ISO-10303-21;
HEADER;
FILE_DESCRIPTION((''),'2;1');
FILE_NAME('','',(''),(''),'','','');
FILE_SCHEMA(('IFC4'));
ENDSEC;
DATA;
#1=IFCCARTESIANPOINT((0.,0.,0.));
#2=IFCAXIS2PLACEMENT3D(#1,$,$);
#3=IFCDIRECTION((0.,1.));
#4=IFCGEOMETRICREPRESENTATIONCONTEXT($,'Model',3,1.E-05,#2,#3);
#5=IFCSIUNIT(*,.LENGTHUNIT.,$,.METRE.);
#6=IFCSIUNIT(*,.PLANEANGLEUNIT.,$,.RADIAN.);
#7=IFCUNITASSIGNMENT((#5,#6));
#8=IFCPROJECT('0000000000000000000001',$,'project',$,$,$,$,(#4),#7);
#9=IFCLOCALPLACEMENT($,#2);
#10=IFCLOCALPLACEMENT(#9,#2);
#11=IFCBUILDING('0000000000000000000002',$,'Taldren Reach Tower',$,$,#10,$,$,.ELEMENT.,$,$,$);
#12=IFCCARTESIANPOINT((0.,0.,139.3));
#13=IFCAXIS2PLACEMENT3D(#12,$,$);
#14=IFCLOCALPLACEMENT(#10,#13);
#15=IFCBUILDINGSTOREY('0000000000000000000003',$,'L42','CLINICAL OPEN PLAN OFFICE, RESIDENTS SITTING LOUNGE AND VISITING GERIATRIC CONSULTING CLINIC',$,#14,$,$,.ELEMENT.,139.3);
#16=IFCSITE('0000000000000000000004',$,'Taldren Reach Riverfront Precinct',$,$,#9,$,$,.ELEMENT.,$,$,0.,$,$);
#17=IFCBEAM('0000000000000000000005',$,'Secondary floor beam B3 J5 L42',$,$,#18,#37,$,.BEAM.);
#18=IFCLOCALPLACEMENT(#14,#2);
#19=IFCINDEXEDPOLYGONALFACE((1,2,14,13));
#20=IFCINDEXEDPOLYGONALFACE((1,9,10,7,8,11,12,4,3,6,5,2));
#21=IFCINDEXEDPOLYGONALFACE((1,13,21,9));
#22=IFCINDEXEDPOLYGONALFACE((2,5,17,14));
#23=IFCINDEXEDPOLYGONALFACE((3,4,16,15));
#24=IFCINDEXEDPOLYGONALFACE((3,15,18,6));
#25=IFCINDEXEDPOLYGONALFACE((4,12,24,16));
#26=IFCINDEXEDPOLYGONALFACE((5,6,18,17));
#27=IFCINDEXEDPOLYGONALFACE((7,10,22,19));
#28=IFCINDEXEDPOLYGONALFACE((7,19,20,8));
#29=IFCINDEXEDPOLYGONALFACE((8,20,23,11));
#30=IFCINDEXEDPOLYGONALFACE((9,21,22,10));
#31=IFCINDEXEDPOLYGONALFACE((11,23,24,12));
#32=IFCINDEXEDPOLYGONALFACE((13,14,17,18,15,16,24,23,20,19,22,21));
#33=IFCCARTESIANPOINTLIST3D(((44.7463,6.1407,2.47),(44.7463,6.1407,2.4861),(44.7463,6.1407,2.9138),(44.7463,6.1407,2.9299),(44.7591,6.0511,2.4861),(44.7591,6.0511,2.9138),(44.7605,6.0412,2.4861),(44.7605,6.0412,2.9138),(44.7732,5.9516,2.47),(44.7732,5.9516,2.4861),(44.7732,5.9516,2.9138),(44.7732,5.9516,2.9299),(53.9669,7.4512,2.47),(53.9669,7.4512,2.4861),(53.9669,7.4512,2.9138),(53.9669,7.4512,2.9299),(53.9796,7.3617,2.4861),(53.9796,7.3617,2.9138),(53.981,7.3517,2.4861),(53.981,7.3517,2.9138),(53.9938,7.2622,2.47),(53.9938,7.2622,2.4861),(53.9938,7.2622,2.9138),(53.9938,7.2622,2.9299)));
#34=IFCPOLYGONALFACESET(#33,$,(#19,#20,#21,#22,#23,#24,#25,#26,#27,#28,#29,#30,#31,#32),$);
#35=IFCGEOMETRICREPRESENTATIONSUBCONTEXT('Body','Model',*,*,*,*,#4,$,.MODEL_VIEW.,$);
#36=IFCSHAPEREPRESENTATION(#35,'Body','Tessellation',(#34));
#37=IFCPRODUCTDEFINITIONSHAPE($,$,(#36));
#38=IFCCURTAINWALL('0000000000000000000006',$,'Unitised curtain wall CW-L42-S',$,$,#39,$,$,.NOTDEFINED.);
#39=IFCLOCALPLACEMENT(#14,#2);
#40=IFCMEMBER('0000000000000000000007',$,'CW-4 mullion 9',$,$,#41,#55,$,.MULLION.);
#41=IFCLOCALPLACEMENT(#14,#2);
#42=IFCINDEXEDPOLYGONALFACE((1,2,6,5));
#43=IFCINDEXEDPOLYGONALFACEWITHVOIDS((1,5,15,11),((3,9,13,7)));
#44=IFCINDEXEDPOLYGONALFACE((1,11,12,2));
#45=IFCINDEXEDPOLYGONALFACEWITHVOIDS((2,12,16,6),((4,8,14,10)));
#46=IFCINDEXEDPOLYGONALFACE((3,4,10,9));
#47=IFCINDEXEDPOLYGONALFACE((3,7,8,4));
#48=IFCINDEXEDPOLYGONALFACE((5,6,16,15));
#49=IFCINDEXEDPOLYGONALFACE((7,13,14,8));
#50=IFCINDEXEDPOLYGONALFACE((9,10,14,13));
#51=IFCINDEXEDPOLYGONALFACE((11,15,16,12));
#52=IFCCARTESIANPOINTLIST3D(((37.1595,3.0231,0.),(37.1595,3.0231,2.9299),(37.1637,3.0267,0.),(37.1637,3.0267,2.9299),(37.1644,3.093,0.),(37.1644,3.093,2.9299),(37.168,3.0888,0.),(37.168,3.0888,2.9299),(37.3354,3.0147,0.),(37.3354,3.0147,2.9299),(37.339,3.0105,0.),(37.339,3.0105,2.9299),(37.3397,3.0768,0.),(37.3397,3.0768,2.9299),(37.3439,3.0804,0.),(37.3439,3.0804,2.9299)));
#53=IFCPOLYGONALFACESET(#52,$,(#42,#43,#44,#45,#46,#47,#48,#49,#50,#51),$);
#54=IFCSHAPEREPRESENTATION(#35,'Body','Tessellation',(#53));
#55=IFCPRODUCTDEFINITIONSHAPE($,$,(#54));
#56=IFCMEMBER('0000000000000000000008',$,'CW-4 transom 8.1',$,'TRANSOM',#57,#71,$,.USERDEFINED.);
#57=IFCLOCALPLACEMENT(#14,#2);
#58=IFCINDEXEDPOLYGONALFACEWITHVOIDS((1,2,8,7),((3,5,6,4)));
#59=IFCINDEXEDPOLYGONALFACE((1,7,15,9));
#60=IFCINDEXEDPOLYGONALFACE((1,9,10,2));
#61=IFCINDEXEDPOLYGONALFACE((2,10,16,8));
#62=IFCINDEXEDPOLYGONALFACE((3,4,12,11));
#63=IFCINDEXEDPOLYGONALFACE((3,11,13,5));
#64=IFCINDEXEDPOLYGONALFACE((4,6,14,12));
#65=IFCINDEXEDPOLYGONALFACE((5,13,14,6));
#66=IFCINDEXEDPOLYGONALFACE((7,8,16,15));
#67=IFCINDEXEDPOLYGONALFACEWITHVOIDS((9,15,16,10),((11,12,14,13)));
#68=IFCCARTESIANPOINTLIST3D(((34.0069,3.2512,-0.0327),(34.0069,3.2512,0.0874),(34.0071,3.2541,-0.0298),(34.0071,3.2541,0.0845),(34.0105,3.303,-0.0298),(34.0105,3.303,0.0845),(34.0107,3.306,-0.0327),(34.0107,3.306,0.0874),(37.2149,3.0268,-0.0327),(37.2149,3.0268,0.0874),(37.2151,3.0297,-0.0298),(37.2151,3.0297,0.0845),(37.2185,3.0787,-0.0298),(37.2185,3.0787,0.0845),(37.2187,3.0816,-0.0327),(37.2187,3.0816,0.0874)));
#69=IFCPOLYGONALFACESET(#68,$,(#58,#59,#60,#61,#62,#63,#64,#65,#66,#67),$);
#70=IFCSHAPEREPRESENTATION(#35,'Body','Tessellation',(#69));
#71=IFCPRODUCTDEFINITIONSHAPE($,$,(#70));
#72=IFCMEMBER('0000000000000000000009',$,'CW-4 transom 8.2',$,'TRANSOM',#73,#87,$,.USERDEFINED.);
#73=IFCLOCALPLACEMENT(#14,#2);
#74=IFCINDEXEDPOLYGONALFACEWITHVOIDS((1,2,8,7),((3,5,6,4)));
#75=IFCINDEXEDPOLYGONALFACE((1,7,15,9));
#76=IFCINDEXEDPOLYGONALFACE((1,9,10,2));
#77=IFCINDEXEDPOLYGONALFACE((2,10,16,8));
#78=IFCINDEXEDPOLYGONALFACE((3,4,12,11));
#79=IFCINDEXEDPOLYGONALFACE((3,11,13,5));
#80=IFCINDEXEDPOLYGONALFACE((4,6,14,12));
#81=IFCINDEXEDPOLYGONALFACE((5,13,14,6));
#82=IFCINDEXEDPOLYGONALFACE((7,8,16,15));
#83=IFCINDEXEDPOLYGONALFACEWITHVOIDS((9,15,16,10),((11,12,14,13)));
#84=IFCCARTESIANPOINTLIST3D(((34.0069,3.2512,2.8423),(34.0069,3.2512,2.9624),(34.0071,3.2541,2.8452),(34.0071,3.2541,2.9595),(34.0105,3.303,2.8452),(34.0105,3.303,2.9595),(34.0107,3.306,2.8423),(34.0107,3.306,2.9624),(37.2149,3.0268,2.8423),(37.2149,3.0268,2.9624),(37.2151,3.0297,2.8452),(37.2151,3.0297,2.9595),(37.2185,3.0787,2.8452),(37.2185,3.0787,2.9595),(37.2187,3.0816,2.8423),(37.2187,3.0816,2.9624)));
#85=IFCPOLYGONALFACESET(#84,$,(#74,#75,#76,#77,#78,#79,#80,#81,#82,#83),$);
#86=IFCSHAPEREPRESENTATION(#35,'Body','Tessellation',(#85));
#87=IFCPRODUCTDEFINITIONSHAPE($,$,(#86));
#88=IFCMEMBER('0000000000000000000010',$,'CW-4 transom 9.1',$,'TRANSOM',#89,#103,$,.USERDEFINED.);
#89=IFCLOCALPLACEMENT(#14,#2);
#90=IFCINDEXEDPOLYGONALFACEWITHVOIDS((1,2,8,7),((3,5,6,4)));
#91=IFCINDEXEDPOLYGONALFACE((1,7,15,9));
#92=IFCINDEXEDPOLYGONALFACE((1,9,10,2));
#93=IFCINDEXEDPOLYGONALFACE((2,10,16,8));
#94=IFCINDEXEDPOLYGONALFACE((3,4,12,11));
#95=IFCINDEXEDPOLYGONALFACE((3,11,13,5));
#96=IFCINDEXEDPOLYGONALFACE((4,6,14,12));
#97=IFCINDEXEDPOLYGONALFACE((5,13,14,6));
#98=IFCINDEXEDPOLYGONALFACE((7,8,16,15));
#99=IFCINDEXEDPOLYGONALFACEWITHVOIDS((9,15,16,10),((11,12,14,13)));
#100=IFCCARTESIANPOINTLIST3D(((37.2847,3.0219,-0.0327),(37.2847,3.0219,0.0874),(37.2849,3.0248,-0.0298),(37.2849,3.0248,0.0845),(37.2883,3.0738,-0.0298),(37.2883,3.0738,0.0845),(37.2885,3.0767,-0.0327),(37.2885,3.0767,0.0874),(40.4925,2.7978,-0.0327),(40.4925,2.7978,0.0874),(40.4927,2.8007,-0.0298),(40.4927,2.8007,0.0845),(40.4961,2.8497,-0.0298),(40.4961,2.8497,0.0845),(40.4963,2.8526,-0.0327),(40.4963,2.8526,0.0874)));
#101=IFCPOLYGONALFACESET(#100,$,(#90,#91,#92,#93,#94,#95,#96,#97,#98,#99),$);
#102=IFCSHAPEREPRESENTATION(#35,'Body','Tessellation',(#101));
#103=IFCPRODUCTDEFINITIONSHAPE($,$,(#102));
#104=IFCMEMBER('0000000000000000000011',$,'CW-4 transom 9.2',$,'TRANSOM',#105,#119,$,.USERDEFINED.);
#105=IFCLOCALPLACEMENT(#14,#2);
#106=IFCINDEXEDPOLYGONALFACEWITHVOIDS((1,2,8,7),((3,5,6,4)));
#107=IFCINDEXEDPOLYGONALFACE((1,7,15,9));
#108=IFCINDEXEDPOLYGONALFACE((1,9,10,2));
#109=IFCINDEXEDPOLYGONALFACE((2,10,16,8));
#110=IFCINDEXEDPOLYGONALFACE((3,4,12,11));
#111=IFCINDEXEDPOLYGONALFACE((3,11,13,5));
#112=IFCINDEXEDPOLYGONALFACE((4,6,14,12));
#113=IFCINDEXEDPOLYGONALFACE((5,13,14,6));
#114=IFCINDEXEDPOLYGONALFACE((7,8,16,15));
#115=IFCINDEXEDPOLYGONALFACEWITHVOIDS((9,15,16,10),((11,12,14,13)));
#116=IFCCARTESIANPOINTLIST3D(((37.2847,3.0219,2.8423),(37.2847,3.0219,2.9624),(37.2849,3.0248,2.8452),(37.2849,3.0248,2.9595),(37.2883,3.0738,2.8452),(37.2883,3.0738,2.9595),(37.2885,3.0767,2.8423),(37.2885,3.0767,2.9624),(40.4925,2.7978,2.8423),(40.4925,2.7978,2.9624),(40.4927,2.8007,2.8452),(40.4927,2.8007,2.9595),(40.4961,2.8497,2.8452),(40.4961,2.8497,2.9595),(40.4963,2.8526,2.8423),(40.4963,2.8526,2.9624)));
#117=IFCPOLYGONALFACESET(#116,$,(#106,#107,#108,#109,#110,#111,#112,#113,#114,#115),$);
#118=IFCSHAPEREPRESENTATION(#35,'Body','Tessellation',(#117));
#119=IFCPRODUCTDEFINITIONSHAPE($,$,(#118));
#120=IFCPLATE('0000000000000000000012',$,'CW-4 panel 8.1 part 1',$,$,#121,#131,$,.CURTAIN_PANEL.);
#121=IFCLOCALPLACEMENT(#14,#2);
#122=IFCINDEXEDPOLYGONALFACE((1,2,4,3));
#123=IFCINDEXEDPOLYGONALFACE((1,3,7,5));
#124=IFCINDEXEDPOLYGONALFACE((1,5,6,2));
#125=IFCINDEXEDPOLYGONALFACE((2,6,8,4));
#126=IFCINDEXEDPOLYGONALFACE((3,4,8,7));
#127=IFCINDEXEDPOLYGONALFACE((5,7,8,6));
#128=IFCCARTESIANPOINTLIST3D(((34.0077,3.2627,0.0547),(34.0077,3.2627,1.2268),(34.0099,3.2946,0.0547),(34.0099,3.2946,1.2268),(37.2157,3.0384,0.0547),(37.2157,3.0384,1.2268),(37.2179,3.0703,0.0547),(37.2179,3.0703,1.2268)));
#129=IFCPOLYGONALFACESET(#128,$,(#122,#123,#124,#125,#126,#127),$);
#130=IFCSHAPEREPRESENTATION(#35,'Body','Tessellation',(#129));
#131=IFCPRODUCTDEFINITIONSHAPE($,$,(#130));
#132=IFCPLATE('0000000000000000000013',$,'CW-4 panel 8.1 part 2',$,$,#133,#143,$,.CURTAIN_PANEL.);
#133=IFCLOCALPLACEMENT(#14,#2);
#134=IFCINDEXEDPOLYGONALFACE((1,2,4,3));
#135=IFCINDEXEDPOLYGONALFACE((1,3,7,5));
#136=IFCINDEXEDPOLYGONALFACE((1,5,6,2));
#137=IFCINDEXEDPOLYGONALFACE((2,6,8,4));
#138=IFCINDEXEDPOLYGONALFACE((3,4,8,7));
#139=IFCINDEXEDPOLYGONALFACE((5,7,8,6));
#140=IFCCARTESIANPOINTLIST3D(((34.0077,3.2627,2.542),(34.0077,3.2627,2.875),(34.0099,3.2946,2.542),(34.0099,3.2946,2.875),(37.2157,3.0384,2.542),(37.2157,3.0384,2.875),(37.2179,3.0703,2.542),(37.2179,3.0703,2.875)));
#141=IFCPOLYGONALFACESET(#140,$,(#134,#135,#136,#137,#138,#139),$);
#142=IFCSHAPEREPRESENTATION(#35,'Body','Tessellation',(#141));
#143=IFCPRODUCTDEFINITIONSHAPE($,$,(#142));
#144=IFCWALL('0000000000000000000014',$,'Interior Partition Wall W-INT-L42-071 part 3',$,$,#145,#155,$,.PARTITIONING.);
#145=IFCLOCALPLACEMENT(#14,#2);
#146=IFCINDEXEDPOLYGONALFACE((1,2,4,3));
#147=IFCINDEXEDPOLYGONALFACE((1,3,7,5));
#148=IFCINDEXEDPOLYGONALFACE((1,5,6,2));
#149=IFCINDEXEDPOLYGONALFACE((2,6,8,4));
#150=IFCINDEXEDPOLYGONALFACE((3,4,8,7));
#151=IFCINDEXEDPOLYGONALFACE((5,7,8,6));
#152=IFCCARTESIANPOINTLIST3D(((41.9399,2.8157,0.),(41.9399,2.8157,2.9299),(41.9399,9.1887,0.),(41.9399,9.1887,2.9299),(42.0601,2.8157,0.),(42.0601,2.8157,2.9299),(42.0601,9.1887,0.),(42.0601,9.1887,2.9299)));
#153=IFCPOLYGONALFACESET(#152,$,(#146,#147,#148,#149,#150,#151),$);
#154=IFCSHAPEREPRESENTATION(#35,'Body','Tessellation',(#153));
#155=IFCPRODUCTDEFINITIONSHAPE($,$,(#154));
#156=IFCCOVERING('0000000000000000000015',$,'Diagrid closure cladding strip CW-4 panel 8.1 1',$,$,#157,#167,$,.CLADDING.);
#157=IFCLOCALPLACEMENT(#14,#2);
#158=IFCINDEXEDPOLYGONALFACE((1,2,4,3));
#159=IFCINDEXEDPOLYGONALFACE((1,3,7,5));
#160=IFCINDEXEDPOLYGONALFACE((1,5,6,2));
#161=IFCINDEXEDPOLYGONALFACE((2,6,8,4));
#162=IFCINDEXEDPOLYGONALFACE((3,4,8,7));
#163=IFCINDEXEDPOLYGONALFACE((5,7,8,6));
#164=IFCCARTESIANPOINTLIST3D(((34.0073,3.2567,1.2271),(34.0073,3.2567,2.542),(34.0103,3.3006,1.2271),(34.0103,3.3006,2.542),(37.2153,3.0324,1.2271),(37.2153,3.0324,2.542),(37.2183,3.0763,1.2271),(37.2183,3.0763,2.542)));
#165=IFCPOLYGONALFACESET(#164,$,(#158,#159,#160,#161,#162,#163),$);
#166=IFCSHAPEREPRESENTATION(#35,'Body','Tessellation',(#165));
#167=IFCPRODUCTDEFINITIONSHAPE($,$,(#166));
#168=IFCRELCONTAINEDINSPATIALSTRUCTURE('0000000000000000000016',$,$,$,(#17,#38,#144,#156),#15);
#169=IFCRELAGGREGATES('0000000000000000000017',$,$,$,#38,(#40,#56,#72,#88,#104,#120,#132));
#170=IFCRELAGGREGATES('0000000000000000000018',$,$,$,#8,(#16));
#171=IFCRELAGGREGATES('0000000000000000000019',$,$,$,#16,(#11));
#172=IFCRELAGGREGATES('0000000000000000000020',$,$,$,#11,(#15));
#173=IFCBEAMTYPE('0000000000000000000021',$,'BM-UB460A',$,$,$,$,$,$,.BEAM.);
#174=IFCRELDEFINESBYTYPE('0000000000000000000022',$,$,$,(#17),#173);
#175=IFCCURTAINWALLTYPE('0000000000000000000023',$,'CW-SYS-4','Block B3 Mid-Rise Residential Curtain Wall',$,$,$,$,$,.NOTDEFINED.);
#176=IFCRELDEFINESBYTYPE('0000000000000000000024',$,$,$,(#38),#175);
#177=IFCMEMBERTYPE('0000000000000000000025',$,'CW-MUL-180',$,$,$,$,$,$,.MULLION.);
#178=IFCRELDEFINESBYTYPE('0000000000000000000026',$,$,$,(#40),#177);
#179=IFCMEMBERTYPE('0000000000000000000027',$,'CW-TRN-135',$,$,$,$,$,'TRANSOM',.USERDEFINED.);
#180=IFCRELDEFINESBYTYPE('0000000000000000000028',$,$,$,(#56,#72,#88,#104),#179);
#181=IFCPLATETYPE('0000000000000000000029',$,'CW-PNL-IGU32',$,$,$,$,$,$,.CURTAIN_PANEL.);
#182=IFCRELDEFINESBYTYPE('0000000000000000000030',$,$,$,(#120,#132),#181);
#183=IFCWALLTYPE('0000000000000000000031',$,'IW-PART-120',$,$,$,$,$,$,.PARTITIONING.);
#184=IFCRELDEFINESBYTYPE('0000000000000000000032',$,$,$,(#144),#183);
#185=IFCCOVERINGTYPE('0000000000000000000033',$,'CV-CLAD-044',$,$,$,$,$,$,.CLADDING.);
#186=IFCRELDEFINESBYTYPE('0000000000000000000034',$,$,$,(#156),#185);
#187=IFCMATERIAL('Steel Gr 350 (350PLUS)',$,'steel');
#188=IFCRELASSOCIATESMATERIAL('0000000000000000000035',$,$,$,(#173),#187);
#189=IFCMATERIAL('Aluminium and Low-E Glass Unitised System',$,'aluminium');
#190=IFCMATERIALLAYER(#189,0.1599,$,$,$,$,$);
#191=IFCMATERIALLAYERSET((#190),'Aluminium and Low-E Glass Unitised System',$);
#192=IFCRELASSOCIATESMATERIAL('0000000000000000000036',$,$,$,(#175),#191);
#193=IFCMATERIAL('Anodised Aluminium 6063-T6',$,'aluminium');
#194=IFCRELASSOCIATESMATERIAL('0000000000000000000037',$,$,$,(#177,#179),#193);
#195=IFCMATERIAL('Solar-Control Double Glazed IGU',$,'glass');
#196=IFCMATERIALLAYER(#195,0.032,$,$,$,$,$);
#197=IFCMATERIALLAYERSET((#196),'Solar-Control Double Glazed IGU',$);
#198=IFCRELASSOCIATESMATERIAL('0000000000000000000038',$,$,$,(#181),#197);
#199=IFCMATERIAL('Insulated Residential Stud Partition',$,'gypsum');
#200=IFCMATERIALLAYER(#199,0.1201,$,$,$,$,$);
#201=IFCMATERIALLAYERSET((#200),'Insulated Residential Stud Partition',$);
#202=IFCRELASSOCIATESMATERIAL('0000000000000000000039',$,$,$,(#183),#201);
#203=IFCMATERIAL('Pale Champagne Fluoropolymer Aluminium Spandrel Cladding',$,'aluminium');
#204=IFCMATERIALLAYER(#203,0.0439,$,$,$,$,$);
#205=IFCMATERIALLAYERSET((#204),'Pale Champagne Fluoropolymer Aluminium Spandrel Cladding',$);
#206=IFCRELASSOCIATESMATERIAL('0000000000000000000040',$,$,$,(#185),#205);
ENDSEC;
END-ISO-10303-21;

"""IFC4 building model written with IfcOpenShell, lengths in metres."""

from ifc_helpers import new_model, si_unit, direction, frame, frame_2d, origin, origin_2d, place, context, subcontext, project, spatial, rectangle, hollow_rectangle, i_section, extrude, source, transform, mapped, material, layer, layer_set, material_profile, profile_set, type_object, element, aggregate, save


model = new_model("IFC4")

# Units and contexts
model_context = context("Model", 3, precision=1e-05, world=origin(), true_north=direction((0.0, 1.0)))
body_context = subcontext(model_context, "Body", "Model", "MODEL_VIEW")
ifc_project = project(units=[si_unit("LENGTHUNIT", "METRE"), si_unit("PLANEANGLEUNIT", "RADIAN")], contexts=[model_context])

# Site, building, storey
site_placement = place(None, origin())
site = spatial("IfcSite", under=ifc_project, at=site_placement, Name="Taldren Reach Riverfront Precinct", CompositionType="ELEMENT", RefElevation=0.0)
building_placement = place(site_placement, origin())
building = spatial("IfcBuilding", under=site, at=building_placement, Name="Taldren Reach Tower", CompositionType="ELEMENT")
storey_placement = place(building_placement, frame((0.0, 0.0, 139.3)))
storey = spatial("IfcBuildingStorey", under=building, at=storey_placement, Name="L42", Description="CLINICAL OPEN PLAN OFFICE, RESIDENTS SITTING LOUNGE AND VISITING GERIATRIC CONSULTING CLINIC", CompositionType="ELEMENT", Elevation=139.3)

# Shared definitions
ifc_material_1 = material(Name="Steel Gr 350 (350PLUS)", Category="steel")

# Beam
ifc_material_profile_1 = material_profile(ifc_material_1, i_section(OverallWidth=0.1909, OverallDepth=0.46, WebThickness=0.01, FlangeThickness=0.0161, at=origin_2d()), Name="460UB82.1")
ifc_profile_set_1 = profile_set([ifc_material_profile_1], Name="Steel Gr 350 (350PLUS)")
beam_type_1 = type_object("IfcBeamType", Name="BM-UB460A", PredefinedType="BEAM", material=ifc_profile_set_1)
shared_shape_1 = source(origin(), body_context, "Body", "SweptSolid", [
    extrude(i_section(OverallWidth=0.1909, OverallDepth=0.46, WebThickness=0.01, FlangeThickness=0.0161, at=origin_2d()), origin(), (0.0, 0.0, 1.0), 9.3132),
])
beam_1_placement = place(storey_placement, frame((44.7598, 6.0461, 2.7), z_axis=(0.990049, 0.14072, 0.0), x_axis=(-0.14072, 0.990049, 0.0)))
element("IfcBeam", 1, at=beam_1_placement, inside=storey, type_object=beam_type_1, Name="Secondary floor beam B3 J5 L42", PredefinedType="BEAM", context=body_context, shape_type="MappedRepresentation", body=[
    mapped(shared_shape_1, transform((0.0, 0.0, 0.0), scale=1.0)),
])

# Curtain wall, members, plates
ifc_material_2 = material(Name="Aluminium and Low-E Glass Unitised System", Category="aluminium")
ifc_layer_1 = layer(ifc_material_2, 0.1599)
ifc_layer_set_1 = layer_set([ifc_layer_1], Name="Aluminium and Low-E Glass Unitised System")
curtain_wall_type = type_object("IfcCurtainWallType", Name="CW-SYS-4", Description="Block B3 Mid-Rise Residential Curtain Wall", PredefinedType="NOTDEFINED", material=ifc_layer_set_1)
curtain_wall_placement = place(storey_placement, origin())
curtain_wall = element("IfcCurtainWall", 2, at=curtain_wall_placement, inside=storey, type_object=curtain_wall_type, Name="Unitised curtain wall CW-L42-S", PredefinedType="NOTDEFINED")
ifc_material_3 = material(Name="Anodised Aluminium 6063-T6", Category="aluminium")
ifc_material_profile_2 = material_profile(ifc_material_3, hollow_rectangle(XDim=0.0701, YDim=0.1799, WallThickness=0.0039, at=origin_2d()), Name="ALU-180x70x4RHS")
ifc_profile_set_2 = profile_set([ifc_material_profile_2], Name="Anodised Aluminium 6063-T6")
member_type_1 = type_object("IfcMemberType", Name="CW-MUL-180", PredefinedType="MULLION", material=ifc_profile_set_2)
shared_shape_2 = source(origin(), body_context, "Body", "SweptSolid", [
    extrude(hollow_rectangle(XDim=0.0701, YDim=0.1799, WallThickness=0.0039, at=origin_2d()), origin(), (0.0, 0.0, 1.0), 2.9299),
])
member_1_placement = place(storey_placement, frame((37.2517, 3.0518, 0.0), z_axis=(0.0, 0.0, 1.0), x_axis=(0.069757, 0.997564, 0.0)))
member_1 = element("IfcMember", 3, at=member_1_placement, type_object=member_type_1, Name="CW-4 mullion 9", PredefinedType="MULLION", context=body_context, shape_type="MappedRepresentation", body=[
    mapped(shared_shape_2, transform((0.0, 0.0, 0.0), scale=1.0)),
])
ifc_material_profile_3 = material_profile(ifc_material_3, hollow_rectangle(XDim=0.0549, YDim=0.1201, WallThickness=0.0029, at=origin_2d()), Name="ALU-120x55x3RHS")
ifc_profile_set_3 = profile_set([ifc_material_profile_3], Name="Anodised Aluminium 6063-T6")
member_type_2 = type_object("IfcMemberType", Name="CW-TRN-135", ElementType="TRANSOM", PredefinedType="USERDEFINED", material=ifc_profile_set_3)
shared_shape_3 = source(origin(), body_context, "Body", "SweptSolid", [
    extrude(hollow_rectangle(XDim=0.0549, YDim=0.1201, WallThickness=0.0029, at=origin_2d()), origin(), (0.0, 0.0, 1.0), 3.2158),
])
member_2_placement = place(storey_placement, frame((34.0088, 3.2786, 0.0273), z_axis=(0.997563, -0.069769, 0.0), x_axis=(0.069769, 0.997563, 0.0)))
member_2 = element("IfcMember", 4, at=member_2_placement, type_object=member_type_2, Name="CW-4 transom 8.1", ObjectType="TRANSOM", PredefinedType="USERDEFINED", context=body_context, shape_type="MappedRepresentation", body=[
    mapped(shared_shape_3, transform((0.0, 0.0, 0.0), scale=1.0)),
])
member_3_placement = place(storey_placement, frame((34.0088, 3.2786, 2.9023), z_axis=(0.997563, -0.069769, 0.0), x_axis=(0.069769, 0.997563, 0.0)))
member_3 = element("IfcMember", 5, at=member_3_placement, type_object=member_type_2, Name="CW-4 transom 8.2", ObjectType="TRANSOM", PredefinedType="USERDEFINED", context=body_context, shape_type="MappedRepresentation", body=[
    mapped(shared_shape_3, transform((0.0, 0.0, 0.0), scale=1.0)),
])
shared_shape_4 = source(origin(), body_context, "Body", "SweptSolid", [
    extrude(hollow_rectangle(XDim=0.0549, YDim=0.1201, WallThickness=0.0029, at=origin_2d()), origin(), (0.0, 0.0, 1.0), 3.2156),
])
member_4_placement = place(storey_placement, frame((37.2866, 3.0493, 0.0273), z_axis=(0.997568, -0.069698, 0.0), x_axis=(0.069698, 0.997568, 0.0)))
member_4 = element("IfcMember", 6, at=member_4_placement, type_object=member_type_2, Name="CW-4 transom 9.1", ObjectType="TRANSOM", PredefinedType="USERDEFINED", context=body_context, shape_type="MappedRepresentation", body=[
    mapped(shared_shape_4, transform((0.0, 0.0, 0.0), scale=1.0)),
])
member_5_placement = place(storey_placement, frame((37.2866, 3.0493, 2.9023), z_axis=(0.997568, -0.069698, 0.0), x_axis=(0.069698, 0.997568, 0.0)))
member_5 = element("IfcMember", 7, at=member_5_placement, type_object=member_type_2, Name="CW-4 transom 9.2", ObjectType="TRANSOM", PredefinedType="USERDEFINED", context=body_context, shape_type="MappedRepresentation", body=[
    mapped(shared_shape_4, transform((0.0, 0.0, 0.0), scale=1.0)),
])
ifc_material_4 = material(Name="Solar-Control Double Glazed IGU", Category="glass")
ifc_layer_2 = layer(ifc_material_4, 0.032)
ifc_layer_set_2 = layer_set([ifc_layer_2], Name="Solar-Control Double Glazed IGU")
plate_type = type_object("IfcPlateType", Name="CW-PNL-IGU32", PredefinedType="CURTAIN_PANEL", material=ifc_layer_set_2)
shared_shape_5 = source(origin(), body_context, "Body", "SweptSolid", [
    extrude(rectangle(XDim=3.2158, YDim=0.032, at=origin_2d()), origin(), (0.0, 0.0, 1.0), 1.1721),
])
plate_1_placement = place(storey_placement, frame((35.6128, 3.1665, 0.0547), z_axis=(0.0, 0.0, 1.0), x_axis=(0.997564, -0.069757, 0.0)))
plate_1 = element("IfcPlate", 8, at=plate_1_placement, type_object=plate_type, Name="CW-4 panel 8.1 part 1", PredefinedType="CURTAIN_PANEL", context=body_context, shape_type="MappedRepresentation", body=[
    mapped(shared_shape_5, transform((0.0, 0.0, 0.0), scale=1.0)),
])
shared_shape_6 = source(origin(), body_context, "Body", "SweptSolid", [
    extrude(rectangle(XDim=3.2158, YDim=0.032, at=origin_2d()), origin(), (0.0, 0.0, 1.0), 0.333),
])
plate_2_placement = place(storey_placement, frame((35.6128, 3.1665, 2.542), z_axis=(0.0, 0.0, 1.0), x_axis=(0.997564, -0.069757, 0.0)))
plate_2 = element("IfcPlate", 9, at=plate_2_placement, type_object=plate_type, Name="CW-4 panel 8.1 part 2", PredefinedType="CURTAIN_PANEL", context=body_context, shape_type="MappedRepresentation", body=[
    mapped(shared_shape_6, transform((0.0, 0.0, 0.0), scale=1.0)),
])
aggregate(curtain_wall, [member_1, member_2, member_3, member_4, member_5, plate_1, plate_2])

# Wall
ifc_material_5 = material(Name="Insulated Residential Stud Partition", Category="gypsum")
ifc_layer_3 = layer(ifc_material_5, 0.1201)
ifc_layer_set_3 = layer_set([ifc_layer_3], Name="Insulated Residential Stud Partition")
wall_type = type_object("IfcWallType", Name="IW-PART-120", PredefinedType="PARTITIONING", material=ifc_layer_set_3)
shared_shape_7 = source(origin(), body_context, "Body", "SweptSolid", [
    extrude(rectangle(XDim=6.373, YDim=0.1201, at=frame_2d((3.1865, 0.0))), origin(), (0.0, 0.0, 1.0), 2.9299),
])
wall_placement = place(storey_placement, frame((42.0, 9.1887, 0.0), z_axis=(0.0, 0.0, 1.0), x_axis=(0.0, -1.0, 0.0)))
element("IfcWall", 10, at=wall_placement, inside=storey, type_object=wall_type, Name="Interior Partition Wall W-INT-L42-071 part 3", PredefinedType="PARTITIONING", context=body_context, shape_type="MappedRepresentation", body=[
    mapped(shared_shape_7, transform((0.0, 0.0, 0.0), scale=1.0)),
])

# Covering
ifc_material_6 = material(Name="Pale Champagne Fluoropolymer Aluminium Spandrel Cladding", Category="aluminium")
ifc_layer_4 = layer(ifc_material_6, 0.0439)
ifc_layer_set_4 = layer_set([ifc_layer_4], Name="Pale Champagne Fluoropolymer Aluminium Spandrel Cladding")
covering_type = type_object("IfcCoveringType", Name="CV-CLAD-044", PredefinedType="CLADDING", material=ifc_layer_set_4)
shared_shape_8 = source(origin(), body_context, "Body", "SweptSolid", [
    extrude(rectangle(XDim=3.2158, YDim=0.0439, at=origin_2d()), origin(), (0.0, 0.0, 1.0), 1.3149),
])
covering_placement = place(storey_placement, frame((35.6128, 3.1665, 1.2271), z_axis=(0.0, 0.0, 1.0), x_axis=(0.997564, -0.069757, 0.0)))
element("IfcCovering", 11, at=covering_placement, inside=storey, type_object=covering_type, Name="Diagrid closure cladding strip CW-4 panel 8.1 1", PredefinedType="CLADDING", context=body_context, shape_type="MappedRepresentation", body=[
    mapped(shared_shape_8, transform((0.0, 0.0, 0.0), scale=1.0)),
])

save(model, "model.ifc")
